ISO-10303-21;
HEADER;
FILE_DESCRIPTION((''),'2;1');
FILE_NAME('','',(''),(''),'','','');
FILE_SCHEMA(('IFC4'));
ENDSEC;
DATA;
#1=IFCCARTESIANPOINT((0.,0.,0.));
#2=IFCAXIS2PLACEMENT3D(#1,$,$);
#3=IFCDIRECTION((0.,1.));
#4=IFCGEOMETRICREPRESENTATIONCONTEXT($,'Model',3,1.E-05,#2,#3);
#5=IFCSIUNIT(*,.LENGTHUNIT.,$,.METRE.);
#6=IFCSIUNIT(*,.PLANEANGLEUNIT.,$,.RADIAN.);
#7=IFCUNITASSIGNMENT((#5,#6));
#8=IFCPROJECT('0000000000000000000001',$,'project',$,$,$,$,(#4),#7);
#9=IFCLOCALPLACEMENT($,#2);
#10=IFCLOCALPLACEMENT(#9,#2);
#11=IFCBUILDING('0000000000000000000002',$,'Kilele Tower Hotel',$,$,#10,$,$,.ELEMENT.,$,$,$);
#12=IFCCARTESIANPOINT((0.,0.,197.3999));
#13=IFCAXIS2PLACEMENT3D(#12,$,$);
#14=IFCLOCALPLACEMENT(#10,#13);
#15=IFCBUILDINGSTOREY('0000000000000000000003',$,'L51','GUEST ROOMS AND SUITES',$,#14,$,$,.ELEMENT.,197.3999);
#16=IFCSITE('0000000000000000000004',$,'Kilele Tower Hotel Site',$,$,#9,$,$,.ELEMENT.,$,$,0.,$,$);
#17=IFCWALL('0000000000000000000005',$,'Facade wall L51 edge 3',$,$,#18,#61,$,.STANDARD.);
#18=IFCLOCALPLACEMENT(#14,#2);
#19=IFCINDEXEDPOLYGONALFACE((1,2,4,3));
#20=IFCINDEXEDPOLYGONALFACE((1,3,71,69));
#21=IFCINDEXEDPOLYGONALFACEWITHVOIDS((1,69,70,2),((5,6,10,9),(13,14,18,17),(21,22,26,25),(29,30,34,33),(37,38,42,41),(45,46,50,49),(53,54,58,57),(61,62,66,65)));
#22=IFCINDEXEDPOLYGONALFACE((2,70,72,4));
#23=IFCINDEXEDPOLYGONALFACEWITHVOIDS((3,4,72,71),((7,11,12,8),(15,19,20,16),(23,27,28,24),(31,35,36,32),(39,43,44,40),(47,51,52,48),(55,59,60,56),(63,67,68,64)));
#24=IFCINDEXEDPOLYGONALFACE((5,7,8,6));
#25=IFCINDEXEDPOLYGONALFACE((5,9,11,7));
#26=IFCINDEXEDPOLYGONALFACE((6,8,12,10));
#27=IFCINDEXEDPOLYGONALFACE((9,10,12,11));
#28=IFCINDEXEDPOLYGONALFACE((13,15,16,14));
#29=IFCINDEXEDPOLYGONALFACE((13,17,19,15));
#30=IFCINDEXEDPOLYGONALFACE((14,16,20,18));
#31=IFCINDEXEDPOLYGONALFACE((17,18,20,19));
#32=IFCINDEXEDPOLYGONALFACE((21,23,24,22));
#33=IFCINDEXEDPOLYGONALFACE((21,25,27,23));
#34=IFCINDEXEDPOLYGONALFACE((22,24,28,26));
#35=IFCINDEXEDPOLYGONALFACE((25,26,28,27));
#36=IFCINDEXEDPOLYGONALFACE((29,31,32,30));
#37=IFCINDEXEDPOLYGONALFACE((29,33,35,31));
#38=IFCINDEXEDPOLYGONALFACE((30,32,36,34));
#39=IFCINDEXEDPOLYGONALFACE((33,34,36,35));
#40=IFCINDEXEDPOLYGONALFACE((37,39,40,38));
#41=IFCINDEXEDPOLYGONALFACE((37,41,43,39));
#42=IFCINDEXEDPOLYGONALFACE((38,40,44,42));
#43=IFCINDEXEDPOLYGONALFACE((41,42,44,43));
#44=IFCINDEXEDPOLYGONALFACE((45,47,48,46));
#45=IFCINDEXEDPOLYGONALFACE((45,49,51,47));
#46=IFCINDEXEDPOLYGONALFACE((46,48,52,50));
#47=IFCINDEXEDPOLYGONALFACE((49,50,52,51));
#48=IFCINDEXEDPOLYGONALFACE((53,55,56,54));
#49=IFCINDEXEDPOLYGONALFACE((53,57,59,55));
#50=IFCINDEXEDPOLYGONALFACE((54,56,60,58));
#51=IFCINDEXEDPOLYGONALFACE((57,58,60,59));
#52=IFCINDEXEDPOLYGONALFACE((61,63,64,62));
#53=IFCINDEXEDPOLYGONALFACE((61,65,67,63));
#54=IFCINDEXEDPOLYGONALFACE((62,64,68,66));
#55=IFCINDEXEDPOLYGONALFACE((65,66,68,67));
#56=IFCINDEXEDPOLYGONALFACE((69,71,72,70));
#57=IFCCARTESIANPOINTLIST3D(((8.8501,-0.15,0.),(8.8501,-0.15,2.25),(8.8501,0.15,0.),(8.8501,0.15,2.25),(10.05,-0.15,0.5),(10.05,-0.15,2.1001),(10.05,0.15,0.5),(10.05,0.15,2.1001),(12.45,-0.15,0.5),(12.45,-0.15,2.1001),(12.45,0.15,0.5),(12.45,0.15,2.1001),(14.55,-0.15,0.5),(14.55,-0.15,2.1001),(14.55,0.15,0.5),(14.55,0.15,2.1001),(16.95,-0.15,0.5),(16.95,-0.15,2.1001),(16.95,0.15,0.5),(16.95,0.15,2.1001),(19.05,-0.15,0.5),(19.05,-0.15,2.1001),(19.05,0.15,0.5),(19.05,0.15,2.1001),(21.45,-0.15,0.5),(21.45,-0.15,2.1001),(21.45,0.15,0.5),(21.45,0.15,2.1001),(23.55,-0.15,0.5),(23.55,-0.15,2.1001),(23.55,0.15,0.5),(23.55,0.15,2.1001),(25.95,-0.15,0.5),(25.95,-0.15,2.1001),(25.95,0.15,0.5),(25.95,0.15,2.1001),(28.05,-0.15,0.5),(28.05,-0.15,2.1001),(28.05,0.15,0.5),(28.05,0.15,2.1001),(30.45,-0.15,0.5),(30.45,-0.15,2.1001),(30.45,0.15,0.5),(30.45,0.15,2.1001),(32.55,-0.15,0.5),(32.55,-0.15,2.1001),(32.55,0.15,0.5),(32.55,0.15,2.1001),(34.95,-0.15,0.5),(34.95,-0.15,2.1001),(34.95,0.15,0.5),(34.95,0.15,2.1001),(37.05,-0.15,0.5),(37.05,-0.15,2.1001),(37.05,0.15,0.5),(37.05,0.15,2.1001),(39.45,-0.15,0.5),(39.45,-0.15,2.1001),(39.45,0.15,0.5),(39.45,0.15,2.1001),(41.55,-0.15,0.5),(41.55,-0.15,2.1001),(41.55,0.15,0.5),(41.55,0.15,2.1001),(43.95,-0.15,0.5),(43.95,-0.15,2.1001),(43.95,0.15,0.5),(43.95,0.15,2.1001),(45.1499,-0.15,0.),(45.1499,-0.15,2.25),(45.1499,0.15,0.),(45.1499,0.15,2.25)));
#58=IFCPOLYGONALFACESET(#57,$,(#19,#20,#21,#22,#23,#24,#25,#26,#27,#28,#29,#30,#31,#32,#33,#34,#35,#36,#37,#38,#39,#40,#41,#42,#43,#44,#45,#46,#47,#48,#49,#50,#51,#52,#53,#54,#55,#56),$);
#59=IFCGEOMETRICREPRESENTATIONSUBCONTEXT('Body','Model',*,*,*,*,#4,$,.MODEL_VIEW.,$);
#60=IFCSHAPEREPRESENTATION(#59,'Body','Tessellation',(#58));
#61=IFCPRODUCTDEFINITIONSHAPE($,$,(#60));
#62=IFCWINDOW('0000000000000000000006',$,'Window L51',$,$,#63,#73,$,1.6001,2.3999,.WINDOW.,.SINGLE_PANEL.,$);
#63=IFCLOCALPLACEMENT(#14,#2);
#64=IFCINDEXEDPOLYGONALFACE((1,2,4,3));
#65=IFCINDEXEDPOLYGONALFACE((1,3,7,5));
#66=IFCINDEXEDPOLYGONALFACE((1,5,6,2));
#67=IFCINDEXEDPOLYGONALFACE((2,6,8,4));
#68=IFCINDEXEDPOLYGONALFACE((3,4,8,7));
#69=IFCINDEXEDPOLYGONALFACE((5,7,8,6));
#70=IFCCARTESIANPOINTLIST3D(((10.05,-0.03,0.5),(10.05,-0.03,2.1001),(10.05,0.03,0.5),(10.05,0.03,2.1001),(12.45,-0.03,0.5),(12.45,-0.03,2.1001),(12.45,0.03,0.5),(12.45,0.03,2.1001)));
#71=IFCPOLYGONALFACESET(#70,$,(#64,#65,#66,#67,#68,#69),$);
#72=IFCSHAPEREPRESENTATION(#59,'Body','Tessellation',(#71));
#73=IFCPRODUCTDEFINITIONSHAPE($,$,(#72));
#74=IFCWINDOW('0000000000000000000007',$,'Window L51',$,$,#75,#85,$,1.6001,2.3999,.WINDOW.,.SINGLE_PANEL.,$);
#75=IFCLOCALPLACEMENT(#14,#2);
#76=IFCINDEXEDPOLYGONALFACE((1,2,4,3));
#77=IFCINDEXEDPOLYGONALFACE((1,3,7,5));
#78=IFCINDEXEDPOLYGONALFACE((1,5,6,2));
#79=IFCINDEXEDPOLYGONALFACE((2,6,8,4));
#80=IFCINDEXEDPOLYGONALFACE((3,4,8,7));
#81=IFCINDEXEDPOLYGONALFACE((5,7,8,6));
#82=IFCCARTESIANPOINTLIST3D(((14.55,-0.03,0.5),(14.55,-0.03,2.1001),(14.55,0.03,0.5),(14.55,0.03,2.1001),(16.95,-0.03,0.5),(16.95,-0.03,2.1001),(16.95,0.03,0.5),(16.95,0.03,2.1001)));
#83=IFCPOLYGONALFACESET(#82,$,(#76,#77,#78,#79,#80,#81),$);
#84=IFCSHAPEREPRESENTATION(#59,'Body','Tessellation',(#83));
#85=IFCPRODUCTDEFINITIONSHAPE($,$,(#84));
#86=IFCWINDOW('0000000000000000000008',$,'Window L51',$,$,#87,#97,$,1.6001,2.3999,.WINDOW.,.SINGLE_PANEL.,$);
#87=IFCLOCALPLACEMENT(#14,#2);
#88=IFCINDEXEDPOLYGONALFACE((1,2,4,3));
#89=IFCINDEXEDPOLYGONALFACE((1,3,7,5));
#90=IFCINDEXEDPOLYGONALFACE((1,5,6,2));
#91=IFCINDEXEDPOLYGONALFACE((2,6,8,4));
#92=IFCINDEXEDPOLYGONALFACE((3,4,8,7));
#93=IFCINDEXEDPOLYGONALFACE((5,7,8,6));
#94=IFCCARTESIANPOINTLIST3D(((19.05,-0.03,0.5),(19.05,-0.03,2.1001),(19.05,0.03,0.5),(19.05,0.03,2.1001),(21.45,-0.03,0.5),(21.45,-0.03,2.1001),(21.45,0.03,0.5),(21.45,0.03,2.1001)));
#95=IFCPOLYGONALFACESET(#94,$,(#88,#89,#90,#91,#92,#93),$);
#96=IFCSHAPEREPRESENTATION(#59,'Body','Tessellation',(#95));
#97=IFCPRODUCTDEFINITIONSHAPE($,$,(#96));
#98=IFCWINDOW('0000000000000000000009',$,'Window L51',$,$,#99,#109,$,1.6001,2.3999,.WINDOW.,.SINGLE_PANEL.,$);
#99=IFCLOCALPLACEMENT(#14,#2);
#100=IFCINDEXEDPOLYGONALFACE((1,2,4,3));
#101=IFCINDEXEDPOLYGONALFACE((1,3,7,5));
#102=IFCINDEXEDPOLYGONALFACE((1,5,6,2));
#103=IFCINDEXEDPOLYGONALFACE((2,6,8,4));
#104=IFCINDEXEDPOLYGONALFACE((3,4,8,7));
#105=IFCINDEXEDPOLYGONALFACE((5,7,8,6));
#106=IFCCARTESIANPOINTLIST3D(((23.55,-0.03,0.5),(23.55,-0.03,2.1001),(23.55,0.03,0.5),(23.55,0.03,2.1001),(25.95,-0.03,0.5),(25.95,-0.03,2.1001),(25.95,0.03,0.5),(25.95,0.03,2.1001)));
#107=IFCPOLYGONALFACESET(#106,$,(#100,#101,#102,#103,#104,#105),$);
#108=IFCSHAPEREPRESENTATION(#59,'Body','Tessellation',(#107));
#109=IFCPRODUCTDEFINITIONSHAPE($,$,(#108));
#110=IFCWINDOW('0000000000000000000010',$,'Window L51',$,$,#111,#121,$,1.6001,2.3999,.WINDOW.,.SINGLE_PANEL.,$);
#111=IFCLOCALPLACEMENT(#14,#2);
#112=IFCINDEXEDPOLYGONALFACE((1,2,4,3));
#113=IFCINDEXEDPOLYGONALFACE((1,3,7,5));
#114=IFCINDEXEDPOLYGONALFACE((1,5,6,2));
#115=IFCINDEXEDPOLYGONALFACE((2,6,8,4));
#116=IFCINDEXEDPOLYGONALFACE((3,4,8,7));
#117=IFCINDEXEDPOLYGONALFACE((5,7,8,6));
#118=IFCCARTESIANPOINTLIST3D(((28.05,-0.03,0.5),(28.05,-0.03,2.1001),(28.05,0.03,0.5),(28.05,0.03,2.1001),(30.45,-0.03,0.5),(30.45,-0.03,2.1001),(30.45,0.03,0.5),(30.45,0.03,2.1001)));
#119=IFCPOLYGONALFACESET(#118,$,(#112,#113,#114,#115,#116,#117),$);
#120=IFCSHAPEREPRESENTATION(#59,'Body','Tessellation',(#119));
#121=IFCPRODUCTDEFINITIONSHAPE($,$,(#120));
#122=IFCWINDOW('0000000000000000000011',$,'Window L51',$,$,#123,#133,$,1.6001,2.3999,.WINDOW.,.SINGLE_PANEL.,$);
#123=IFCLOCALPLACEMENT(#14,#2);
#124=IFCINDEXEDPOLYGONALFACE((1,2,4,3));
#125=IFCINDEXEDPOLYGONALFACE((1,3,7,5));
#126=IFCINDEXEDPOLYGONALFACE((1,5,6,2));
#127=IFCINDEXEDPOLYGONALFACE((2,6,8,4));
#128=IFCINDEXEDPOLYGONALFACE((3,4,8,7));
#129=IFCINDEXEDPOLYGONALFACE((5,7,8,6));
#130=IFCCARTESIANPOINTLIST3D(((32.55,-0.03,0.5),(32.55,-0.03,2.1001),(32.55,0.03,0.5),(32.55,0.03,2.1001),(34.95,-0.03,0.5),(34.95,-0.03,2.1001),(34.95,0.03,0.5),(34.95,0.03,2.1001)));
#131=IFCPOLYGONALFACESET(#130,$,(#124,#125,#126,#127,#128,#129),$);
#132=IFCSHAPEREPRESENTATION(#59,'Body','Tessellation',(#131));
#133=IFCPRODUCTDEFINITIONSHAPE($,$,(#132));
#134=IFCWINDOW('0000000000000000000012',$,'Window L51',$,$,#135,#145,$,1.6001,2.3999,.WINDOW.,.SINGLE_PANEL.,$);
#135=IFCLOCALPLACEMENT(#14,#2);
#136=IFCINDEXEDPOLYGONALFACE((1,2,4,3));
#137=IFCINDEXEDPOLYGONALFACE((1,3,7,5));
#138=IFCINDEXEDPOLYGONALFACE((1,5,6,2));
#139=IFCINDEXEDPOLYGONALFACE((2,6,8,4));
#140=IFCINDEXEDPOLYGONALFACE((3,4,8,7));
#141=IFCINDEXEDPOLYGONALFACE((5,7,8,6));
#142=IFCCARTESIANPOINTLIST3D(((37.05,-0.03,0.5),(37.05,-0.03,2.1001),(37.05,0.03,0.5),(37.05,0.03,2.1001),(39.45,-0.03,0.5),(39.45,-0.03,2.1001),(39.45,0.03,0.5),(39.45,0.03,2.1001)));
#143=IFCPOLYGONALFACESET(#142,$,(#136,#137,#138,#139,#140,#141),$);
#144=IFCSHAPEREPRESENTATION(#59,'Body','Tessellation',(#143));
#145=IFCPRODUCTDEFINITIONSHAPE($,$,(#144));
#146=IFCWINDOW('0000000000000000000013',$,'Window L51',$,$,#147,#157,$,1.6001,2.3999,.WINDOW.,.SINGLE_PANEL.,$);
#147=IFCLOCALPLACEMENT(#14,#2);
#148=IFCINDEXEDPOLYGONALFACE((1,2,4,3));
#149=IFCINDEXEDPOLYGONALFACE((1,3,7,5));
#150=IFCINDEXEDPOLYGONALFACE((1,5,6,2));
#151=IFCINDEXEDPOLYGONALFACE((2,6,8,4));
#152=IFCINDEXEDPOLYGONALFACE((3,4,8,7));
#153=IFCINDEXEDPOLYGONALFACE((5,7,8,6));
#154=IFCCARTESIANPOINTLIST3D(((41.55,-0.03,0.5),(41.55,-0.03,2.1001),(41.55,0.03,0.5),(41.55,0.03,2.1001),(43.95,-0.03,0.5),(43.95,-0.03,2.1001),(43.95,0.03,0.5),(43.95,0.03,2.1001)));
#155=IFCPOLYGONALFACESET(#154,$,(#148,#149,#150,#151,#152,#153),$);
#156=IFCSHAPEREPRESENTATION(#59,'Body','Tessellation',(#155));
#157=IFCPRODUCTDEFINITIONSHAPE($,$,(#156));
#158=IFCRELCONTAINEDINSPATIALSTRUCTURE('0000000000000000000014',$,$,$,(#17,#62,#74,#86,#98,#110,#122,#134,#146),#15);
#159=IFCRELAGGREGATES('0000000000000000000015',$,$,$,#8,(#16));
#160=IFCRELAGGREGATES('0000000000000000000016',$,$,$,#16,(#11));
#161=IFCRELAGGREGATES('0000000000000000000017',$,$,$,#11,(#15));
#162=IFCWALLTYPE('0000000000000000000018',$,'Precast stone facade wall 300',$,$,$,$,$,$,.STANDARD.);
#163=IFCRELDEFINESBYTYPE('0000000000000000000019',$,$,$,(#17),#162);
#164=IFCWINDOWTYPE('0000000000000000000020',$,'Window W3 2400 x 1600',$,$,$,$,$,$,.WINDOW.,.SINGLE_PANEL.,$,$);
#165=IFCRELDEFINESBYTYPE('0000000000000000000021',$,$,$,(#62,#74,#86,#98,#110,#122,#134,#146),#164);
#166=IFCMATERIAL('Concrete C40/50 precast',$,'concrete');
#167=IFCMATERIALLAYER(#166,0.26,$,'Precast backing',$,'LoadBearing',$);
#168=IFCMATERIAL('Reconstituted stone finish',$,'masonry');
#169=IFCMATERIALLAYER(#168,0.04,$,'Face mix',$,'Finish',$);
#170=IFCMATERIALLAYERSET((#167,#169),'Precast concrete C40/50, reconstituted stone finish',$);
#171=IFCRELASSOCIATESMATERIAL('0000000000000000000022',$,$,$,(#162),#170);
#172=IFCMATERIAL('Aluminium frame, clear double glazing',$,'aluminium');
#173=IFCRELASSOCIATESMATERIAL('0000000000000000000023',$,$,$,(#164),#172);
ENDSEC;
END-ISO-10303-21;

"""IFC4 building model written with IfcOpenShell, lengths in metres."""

from ifc_helpers import new_model, si_unit, direction, frame, frame_2d, origin, place, context, subcontext, project, spatial, rectangle, extrude, material, layer, layer_set, type_object, element, fill, save


model = new_model("IFC4")

# Units and contexts
model_context = context("Model", 3, precision=1e-05, world=origin(), true_north=direction((0.0, 1.0)))
body_context = subcontext(model_context, "Body", "Model", "MODEL_VIEW")
ifc_project = project(units=[si_unit("LENGTHUNIT", "METRE"), si_unit("PLANEANGLEUNIT", "RADIAN")], contexts=[model_context])

# Site, building, storey
site_placement = place(None, origin())
site = spatial("IfcSite", under=ifc_project, at=site_placement, Name="Kilele Tower Hotel Site", CompositionType="ELEMENT", RefElevation=0.0)
building_placement = place(site_placement, origin())
building = spatial("IfcBuilding", under=site, at=building_placement, Name="Kilele Tower Hotel", CompositionType="ELEMENT")
storey_placement = place(building_placement, frame((0.0, 0.0, 197.3999)))
storey = spatial("IfcBuildingStorey", under=building, at=storey_placement, Name="L51", Description="GUEST ROOMS AND SUITES", CompositionType="ELEMENT", Elevation=197.3999)

# Shared definitions
ifc_material_1 = material(Name="Concrete C40/50 precast", Category="concrete")
ifc_layer_1 = layer(ifc_material_1, 0.26, Name="Precast backing", Category="LoadBearing")
ifc_material_2 = material(Name="Reconstituted stone finish", Category="masonry")
ifc_layer_2 = layer(ifc_material_2, 0.04, Name="Face mix", Category="Finish")
ifc_layer_set_1 = layer_set([ifc_layer_1, ifc_layer_2], Name="Precast concrete C40/50, reconstituted stone finish")
wall_type = type_object("IfcWallType", Name="Precast stone facade wall 300", PredefinedType="STANDARD", material=ifc_layer_set_1)

# Wall, openings, windows
wall_1_placement = place(storey_placement, frame((8.8501, 0.0, 0.0), z_axis=(0.0, 0.0, 1.0), x_axis=(1.0, 0.0, 0.0)))
wall_1 = element("IfcWall", 1, at=wall_1_placement, inside=storey, type_object=wall_type, Name="Facade wall L51 edge 3", PredefinedType="STANDARD", context=body_context, shape_type="SweptSolid", body=[
    extrude(rectangle(XDim=36.2998, YDim=0.3, at=frame_2d((18.1499, 0.0))), origin(), (0.0, 0.0, 1.0), 2.25),
])
opening_1_placement = place(wall_1_placement, frame((1.2, 0.0, 0.5)))
opening_1 = element("IfcOpeningElement", 2, at=opening_1_placement, cuts=wall_1, PredefinedType="OPENING", context=body_context, shape_type="SweptSolid", body=[
    extrude(rectangle(XDim=2.3999, YDim=1.6001, at=frame_2d((1.2, 0.8))), frame((0.0, 0.1599, 0.0), z_axis=(0.0, -1.0, 0.0), x_axis=(1.0, 0.0, 0.0)), (0.0, 0.0, 1.0), 0.3201),
])
opening_2_placement = place(wall_1_placement, frame((5.7, 0.0, 0.5)))
opening_2 = element("IfcOpeningElement", 3, at=opening_2_placement, cuts=wall_1, PredefinedType="OPENING", context=body_context, shape_type="SweptSolid", body=[
    extrude(rectangle(XDim=2.3999, YDim=1.6001, at=frame_2d((1.2, 0.8))), frame((0.0, 0.1599, 0.0), z_axis=(0.0, -1.0, 0.0), x_axis=(1.0, 0.0, 0.0)), (0.0, 0.0, 1.0), 0.3201),
])
opening_3_placement = place(wall_1_placement, frame((10.2, 0.0, 0.5)))
opening_3 = element("IfcOpeningElement", 4, at=opening_3_placement, cuts=wall_1, PredefinedType="OPENING", context=body_context, shape_type="SweptSolid", body=[
    extrude(rectangle(XDim=2.3999, YDim=1.6001, at=frame_2d((1.2, 0.8))), frame((0.0, 0.1599, 0.0), z_axis=(0.0, -1.0, 0.0), x_axis=(1.0, 0.0, 0.0)), (0.0, 0.0, 1.0), 0.3201),
])
opening_4_placement = place(wall_1_placement, frame((14.7, 0.0, 0.5)))
opening_4 = element("IfcOpeningElement", 5, at=opening_4_placement, cuts=wall_1, PredefinedType="OPENING", context=body_context, shape_type="SweptSolid", body=[
    extrude(rectangle(XDim=2.3999, YDim=1.6001, at=frame_2d((1.2, 0.8))), frame((0.0, 0.1599, 0.0), z_axis=(0.0, -1.0, 0.0), x_axis=(1.0, 0.0, 0.0)), (0.0, 0.0, 1.0), 0.3201),
])
opening_5_placement = place(wall_1_placement, frame((19.2, 0.0, 0.5)))
opening_5 = element("IfcOpeningElement", 6, at=opening_5_placement, cuts=wall_1, PredefinedType="OPENING", context=body_context, shape_type="SweptSolid", body=[
    extrude(rectangle(XDim=2.3999, YDim=1.6001, at=frame_2d((1.2, 0.8))), frame((0.0, 0.1599, 0.0), z_axis=(0.0, -1.0, 0.0), x_axis=(1.0, 0.0, 0.0)), (0.0, 0.0, 1.0), 0.3201),
])
opening_6_placement = place(wall_1_placement, frame((23.7, 0.0, 0.5)))
opening_6 = element("IfcOpeningElement", 7, at=opening_6_placement, cuts=wall_1, PredefinedType="OPENING", context=body_context, shape_type="SweptSolid", body=[
    extrude(rectangle(XDim=2.3999, YDim=1.6001, at=frame_2d((1.2, 0.8))), frame((0.0, 0.1599, 0.0), z_axis=(0.0, -1.0, 0.0), x_axis=(1.0, 0.0, 0.0)), (0.0, 0.0, 1.0), 0.3201),
])
opening_7_placement = place(wall_1_placement, frame((28.2, 0.0, 0.5)))
opening_7 = element("IfcOpeningElement", 8, at=opening_7_placement, cuts=wall_1, PredefinedType="OPENING", context=body_context, shape_type="SweptSolid", body=[
    extrude(rectangle(XDim=2.3999, YDim=1.6001, at=frame_2d((1.2, 0.8))), frame((0.0, 0.1599, 0.0), z_axis=(0.0, -1.0, 0.0), x_axis=(1.0, 0.0, 0.0)), (0.0, 0.0, 1.0), 0.3201),
])
opening_8_placement = place(wall_1_placement, frame((32.7, 0.0, 0.5)))
opening_8 = element("IfcOpeningElement", 9, at=opening_8_placement, cuts=wall_1, PredefinedType="OPENING", context=body_context, shape_type="SweptSolid", body=[
    extrude(rectangle(XDim=2.3999, YDim=1.6001, at=frame_2d((1.2, 0.8))), frame((0.0, 0.1599, 0.0), z_axis=(0.0, -1.0, 0.0), x_axis=(1.0, 0.0, 0.0)), (0.0, 0.0, 1.0), 0.3201),
])
ifc_material_3 = material(Name="Aluminium frame, clear double glazing", Category="aluminium")
window_type_1 = type_object("IfcWindowType", Name="Window W3 2400 x 1600", PartitioningType="SINGLE_PANEL", PredefinedType="WINDOW", material=ifc_material_3)
window_1_placement = place(opening_1_placement, origin())
window_1 = element("IfcWindow", 10, at=window_1_placement, inside=storey, type_object=window_type_1, Name="Window L51", OverallHeight=1.6001, OverallWidth=2.3999, PartitioningType="SINGLE_PANEL", PredefinedType="WINDOW", context=body_context, shape_type="SweptSolid", body=[
    extrude(rectangle(XDim=2.3999, YDim=1.6001, at=frame_2d((1.2, 0.8))), frame((0.0, 0.03, 0.0), z_axis=(0.0, -1.0, 0.0), x_axis=(1.0, 0.0, 0.0)), (0.0, 0.0, 1.0), 0.0601),
])
fill(opening_1, window_1)
window_2_placement = place(opening_2_placement, origin())
window_2 = element("IfcWindow", 11, at=window_2_placement, inside=storey, type_object=window_type_1, Name="Window L51", OverallHeight=1.6001, OverallWidth=2.3999, PartitioningType="SINGLE_PANEL", PredefinedType="WINDOW", context=body_context, shape_type="SweptSolid", body=[
    extrude(rectangle(XDim=2.3999, YDim=1.6001, at=frame_2d((1.2, 0.8))), frame((0.0, 0.03, 0.0), z_axis=(0.0, -1.0, 0.0), x_axis=(1.0, 0.0, 0.0)), (0.0, 0.0, 1.0), 0.0601),
])
fill(opening_2, window_2)
window_3_placement = place(opening_3_placement, origin())
window_3 = element("IfcWindow", 12, at=window_3_placement, inside=storey, type_object=window_type_1, Name="Window L51", OverallHeight=1.6001, OverallWidth=2.3999, PartitioningType="SINGLE_PANEL", PredefinedType="WINDOW", context=body_context, shape_type="SweptSolid", body=[
    extrude(rectangle(XDim=2.3999, YDim=1.6001, at=frame_2d((1.2, 0.8))), frame((0.0, 0.03, 0.0), z_axis=(0.0, -1.0, 0.0), x_axis=(1.0, 0.0, 0.0)), (0.0, 0.0, 1.0), 0.0601),
])
fill(opening_3, window_3)
window_4_placement = place(opening_4_placement, origin())
window_4 = element("IfcWindow", 13, at=window_4_placement, inside=storey, type_object=window_type_1, Name="Window L51", OverallHeight=1.6001, OverallWidth=2.3999, PartitioningType="SINGLE_PANEL", PredefinedType="WINDOW", context=body_context, shape_type="SweptSolid", body=[
    extrude(rectangle(XDim=2.3999, YDim=1.6001, at=frame_2d((1.2, 0.8))), frame((0.0, 0.03, 0.0), z_axis=(0.0, -1.0, 0.0), x_axis=(1.0, 0.0, 0.0)), (0.0, 0.0, 1.0), 0.0601),
])
fill(opening_4, window_4)
window_5_placement = place(opening_5_placement, origin())
window_5 = element("IfcWindow", 14, at=window_5_placement, inside=storey, type_object=window_type_1, Name="Window L51", OverallHeight=1.6001, OverallWidth=2.3999, PartitioningType="SINGLE_PANEL", PredefinedType="WINDOW", context=body_context, shape_type="SweptSolid", body=[
    extrude(rectangle(XDim=2.3999, YDim=1.6001, at=frame_2d((1.2, 0.8))), frame((0.0, 0.03, 0.0), z_axis=(0.0, -1.0, 0.0), x_axis=(1.0, 0.0, 0.0)), (0.0, 0.0, 1.0), 0.0601),
])
fill(opening_5, window_5)
window_6_placement = place(opening_6_placement, origin())
window_6 = element("IfcWindow", 15, at=window_6_placement, inside=storey, type_object=window_type_1, Name="Window L51", OverallHeight=1.6001, OverallWidth=2.3999, PartitioningType="SINGLE_PANEL", PredefinedType="WINDOW", context=body_context, shape_type="SweptSolid", body=[
    extrude(rectangle(XDim=2.3999, YDim=1.6001, at=frame_2d((1.2, 0.8))), frame((0.0, 0.03, 0.0), z_axis=(0.0, -1.0, 0.0), x_axis=(1.0, 0.0, 0.0)), (0.0, 0.0, 1.0), 0.0601),
])
fill(opening_6, window_6)
window_7_placement = place(opening_7_placement, origin())
window_7 = element("IfcWindow", 16, at=window_7_placement, inside=storey, type_object=window_type_1, Name="Window L51", OverallHeight=1.6001, OverallWidth=2.3999, PartitioningType="SINGLE_PANEL", PredefinedType="WINDOW", context=body_context, shape_type="SweptSolid", body=[
    extrude(rectangle(XDim=2.3999, YDim=1.6001, at=frame_2d((1.2, 0.8))), frame((0.0, 0.03, 0.0), z_axis=(0.0, -1.0, 0.0), x_axis=(1.0, 0.0, 0.0)), (0.0, 0.0, 1.0), 0.0601),
])
fill(opening_7, window_7)
window_8_placement = place(opening_8_placement, origin())
window_8 = element("IfcWindow", 17, at=window_8_placement, inside=storey, type_object=window_type_1, Name="Window L51", OverallHeight=1.6001, OverallWidth=2.3999, PartitioningType="SINGLE_PANEL", PredefinedType="WINDOW", context=body_context, shape_type="SweptSolid", body=[
    extrude(rectangle(XDim=2.3999, YDim=1.6001, at=frame_2d((1.2, 0.8))), frame((0.0, 0.03, 0.0), z_axis=(0.0, -1.0, 0.0), x_axis=(1.0, 0.0, 0.0)), (0.0, 0.0, 1.0), 0.0601),
])
fill(opening_8, window_8)

save(model, "model.ifc")
